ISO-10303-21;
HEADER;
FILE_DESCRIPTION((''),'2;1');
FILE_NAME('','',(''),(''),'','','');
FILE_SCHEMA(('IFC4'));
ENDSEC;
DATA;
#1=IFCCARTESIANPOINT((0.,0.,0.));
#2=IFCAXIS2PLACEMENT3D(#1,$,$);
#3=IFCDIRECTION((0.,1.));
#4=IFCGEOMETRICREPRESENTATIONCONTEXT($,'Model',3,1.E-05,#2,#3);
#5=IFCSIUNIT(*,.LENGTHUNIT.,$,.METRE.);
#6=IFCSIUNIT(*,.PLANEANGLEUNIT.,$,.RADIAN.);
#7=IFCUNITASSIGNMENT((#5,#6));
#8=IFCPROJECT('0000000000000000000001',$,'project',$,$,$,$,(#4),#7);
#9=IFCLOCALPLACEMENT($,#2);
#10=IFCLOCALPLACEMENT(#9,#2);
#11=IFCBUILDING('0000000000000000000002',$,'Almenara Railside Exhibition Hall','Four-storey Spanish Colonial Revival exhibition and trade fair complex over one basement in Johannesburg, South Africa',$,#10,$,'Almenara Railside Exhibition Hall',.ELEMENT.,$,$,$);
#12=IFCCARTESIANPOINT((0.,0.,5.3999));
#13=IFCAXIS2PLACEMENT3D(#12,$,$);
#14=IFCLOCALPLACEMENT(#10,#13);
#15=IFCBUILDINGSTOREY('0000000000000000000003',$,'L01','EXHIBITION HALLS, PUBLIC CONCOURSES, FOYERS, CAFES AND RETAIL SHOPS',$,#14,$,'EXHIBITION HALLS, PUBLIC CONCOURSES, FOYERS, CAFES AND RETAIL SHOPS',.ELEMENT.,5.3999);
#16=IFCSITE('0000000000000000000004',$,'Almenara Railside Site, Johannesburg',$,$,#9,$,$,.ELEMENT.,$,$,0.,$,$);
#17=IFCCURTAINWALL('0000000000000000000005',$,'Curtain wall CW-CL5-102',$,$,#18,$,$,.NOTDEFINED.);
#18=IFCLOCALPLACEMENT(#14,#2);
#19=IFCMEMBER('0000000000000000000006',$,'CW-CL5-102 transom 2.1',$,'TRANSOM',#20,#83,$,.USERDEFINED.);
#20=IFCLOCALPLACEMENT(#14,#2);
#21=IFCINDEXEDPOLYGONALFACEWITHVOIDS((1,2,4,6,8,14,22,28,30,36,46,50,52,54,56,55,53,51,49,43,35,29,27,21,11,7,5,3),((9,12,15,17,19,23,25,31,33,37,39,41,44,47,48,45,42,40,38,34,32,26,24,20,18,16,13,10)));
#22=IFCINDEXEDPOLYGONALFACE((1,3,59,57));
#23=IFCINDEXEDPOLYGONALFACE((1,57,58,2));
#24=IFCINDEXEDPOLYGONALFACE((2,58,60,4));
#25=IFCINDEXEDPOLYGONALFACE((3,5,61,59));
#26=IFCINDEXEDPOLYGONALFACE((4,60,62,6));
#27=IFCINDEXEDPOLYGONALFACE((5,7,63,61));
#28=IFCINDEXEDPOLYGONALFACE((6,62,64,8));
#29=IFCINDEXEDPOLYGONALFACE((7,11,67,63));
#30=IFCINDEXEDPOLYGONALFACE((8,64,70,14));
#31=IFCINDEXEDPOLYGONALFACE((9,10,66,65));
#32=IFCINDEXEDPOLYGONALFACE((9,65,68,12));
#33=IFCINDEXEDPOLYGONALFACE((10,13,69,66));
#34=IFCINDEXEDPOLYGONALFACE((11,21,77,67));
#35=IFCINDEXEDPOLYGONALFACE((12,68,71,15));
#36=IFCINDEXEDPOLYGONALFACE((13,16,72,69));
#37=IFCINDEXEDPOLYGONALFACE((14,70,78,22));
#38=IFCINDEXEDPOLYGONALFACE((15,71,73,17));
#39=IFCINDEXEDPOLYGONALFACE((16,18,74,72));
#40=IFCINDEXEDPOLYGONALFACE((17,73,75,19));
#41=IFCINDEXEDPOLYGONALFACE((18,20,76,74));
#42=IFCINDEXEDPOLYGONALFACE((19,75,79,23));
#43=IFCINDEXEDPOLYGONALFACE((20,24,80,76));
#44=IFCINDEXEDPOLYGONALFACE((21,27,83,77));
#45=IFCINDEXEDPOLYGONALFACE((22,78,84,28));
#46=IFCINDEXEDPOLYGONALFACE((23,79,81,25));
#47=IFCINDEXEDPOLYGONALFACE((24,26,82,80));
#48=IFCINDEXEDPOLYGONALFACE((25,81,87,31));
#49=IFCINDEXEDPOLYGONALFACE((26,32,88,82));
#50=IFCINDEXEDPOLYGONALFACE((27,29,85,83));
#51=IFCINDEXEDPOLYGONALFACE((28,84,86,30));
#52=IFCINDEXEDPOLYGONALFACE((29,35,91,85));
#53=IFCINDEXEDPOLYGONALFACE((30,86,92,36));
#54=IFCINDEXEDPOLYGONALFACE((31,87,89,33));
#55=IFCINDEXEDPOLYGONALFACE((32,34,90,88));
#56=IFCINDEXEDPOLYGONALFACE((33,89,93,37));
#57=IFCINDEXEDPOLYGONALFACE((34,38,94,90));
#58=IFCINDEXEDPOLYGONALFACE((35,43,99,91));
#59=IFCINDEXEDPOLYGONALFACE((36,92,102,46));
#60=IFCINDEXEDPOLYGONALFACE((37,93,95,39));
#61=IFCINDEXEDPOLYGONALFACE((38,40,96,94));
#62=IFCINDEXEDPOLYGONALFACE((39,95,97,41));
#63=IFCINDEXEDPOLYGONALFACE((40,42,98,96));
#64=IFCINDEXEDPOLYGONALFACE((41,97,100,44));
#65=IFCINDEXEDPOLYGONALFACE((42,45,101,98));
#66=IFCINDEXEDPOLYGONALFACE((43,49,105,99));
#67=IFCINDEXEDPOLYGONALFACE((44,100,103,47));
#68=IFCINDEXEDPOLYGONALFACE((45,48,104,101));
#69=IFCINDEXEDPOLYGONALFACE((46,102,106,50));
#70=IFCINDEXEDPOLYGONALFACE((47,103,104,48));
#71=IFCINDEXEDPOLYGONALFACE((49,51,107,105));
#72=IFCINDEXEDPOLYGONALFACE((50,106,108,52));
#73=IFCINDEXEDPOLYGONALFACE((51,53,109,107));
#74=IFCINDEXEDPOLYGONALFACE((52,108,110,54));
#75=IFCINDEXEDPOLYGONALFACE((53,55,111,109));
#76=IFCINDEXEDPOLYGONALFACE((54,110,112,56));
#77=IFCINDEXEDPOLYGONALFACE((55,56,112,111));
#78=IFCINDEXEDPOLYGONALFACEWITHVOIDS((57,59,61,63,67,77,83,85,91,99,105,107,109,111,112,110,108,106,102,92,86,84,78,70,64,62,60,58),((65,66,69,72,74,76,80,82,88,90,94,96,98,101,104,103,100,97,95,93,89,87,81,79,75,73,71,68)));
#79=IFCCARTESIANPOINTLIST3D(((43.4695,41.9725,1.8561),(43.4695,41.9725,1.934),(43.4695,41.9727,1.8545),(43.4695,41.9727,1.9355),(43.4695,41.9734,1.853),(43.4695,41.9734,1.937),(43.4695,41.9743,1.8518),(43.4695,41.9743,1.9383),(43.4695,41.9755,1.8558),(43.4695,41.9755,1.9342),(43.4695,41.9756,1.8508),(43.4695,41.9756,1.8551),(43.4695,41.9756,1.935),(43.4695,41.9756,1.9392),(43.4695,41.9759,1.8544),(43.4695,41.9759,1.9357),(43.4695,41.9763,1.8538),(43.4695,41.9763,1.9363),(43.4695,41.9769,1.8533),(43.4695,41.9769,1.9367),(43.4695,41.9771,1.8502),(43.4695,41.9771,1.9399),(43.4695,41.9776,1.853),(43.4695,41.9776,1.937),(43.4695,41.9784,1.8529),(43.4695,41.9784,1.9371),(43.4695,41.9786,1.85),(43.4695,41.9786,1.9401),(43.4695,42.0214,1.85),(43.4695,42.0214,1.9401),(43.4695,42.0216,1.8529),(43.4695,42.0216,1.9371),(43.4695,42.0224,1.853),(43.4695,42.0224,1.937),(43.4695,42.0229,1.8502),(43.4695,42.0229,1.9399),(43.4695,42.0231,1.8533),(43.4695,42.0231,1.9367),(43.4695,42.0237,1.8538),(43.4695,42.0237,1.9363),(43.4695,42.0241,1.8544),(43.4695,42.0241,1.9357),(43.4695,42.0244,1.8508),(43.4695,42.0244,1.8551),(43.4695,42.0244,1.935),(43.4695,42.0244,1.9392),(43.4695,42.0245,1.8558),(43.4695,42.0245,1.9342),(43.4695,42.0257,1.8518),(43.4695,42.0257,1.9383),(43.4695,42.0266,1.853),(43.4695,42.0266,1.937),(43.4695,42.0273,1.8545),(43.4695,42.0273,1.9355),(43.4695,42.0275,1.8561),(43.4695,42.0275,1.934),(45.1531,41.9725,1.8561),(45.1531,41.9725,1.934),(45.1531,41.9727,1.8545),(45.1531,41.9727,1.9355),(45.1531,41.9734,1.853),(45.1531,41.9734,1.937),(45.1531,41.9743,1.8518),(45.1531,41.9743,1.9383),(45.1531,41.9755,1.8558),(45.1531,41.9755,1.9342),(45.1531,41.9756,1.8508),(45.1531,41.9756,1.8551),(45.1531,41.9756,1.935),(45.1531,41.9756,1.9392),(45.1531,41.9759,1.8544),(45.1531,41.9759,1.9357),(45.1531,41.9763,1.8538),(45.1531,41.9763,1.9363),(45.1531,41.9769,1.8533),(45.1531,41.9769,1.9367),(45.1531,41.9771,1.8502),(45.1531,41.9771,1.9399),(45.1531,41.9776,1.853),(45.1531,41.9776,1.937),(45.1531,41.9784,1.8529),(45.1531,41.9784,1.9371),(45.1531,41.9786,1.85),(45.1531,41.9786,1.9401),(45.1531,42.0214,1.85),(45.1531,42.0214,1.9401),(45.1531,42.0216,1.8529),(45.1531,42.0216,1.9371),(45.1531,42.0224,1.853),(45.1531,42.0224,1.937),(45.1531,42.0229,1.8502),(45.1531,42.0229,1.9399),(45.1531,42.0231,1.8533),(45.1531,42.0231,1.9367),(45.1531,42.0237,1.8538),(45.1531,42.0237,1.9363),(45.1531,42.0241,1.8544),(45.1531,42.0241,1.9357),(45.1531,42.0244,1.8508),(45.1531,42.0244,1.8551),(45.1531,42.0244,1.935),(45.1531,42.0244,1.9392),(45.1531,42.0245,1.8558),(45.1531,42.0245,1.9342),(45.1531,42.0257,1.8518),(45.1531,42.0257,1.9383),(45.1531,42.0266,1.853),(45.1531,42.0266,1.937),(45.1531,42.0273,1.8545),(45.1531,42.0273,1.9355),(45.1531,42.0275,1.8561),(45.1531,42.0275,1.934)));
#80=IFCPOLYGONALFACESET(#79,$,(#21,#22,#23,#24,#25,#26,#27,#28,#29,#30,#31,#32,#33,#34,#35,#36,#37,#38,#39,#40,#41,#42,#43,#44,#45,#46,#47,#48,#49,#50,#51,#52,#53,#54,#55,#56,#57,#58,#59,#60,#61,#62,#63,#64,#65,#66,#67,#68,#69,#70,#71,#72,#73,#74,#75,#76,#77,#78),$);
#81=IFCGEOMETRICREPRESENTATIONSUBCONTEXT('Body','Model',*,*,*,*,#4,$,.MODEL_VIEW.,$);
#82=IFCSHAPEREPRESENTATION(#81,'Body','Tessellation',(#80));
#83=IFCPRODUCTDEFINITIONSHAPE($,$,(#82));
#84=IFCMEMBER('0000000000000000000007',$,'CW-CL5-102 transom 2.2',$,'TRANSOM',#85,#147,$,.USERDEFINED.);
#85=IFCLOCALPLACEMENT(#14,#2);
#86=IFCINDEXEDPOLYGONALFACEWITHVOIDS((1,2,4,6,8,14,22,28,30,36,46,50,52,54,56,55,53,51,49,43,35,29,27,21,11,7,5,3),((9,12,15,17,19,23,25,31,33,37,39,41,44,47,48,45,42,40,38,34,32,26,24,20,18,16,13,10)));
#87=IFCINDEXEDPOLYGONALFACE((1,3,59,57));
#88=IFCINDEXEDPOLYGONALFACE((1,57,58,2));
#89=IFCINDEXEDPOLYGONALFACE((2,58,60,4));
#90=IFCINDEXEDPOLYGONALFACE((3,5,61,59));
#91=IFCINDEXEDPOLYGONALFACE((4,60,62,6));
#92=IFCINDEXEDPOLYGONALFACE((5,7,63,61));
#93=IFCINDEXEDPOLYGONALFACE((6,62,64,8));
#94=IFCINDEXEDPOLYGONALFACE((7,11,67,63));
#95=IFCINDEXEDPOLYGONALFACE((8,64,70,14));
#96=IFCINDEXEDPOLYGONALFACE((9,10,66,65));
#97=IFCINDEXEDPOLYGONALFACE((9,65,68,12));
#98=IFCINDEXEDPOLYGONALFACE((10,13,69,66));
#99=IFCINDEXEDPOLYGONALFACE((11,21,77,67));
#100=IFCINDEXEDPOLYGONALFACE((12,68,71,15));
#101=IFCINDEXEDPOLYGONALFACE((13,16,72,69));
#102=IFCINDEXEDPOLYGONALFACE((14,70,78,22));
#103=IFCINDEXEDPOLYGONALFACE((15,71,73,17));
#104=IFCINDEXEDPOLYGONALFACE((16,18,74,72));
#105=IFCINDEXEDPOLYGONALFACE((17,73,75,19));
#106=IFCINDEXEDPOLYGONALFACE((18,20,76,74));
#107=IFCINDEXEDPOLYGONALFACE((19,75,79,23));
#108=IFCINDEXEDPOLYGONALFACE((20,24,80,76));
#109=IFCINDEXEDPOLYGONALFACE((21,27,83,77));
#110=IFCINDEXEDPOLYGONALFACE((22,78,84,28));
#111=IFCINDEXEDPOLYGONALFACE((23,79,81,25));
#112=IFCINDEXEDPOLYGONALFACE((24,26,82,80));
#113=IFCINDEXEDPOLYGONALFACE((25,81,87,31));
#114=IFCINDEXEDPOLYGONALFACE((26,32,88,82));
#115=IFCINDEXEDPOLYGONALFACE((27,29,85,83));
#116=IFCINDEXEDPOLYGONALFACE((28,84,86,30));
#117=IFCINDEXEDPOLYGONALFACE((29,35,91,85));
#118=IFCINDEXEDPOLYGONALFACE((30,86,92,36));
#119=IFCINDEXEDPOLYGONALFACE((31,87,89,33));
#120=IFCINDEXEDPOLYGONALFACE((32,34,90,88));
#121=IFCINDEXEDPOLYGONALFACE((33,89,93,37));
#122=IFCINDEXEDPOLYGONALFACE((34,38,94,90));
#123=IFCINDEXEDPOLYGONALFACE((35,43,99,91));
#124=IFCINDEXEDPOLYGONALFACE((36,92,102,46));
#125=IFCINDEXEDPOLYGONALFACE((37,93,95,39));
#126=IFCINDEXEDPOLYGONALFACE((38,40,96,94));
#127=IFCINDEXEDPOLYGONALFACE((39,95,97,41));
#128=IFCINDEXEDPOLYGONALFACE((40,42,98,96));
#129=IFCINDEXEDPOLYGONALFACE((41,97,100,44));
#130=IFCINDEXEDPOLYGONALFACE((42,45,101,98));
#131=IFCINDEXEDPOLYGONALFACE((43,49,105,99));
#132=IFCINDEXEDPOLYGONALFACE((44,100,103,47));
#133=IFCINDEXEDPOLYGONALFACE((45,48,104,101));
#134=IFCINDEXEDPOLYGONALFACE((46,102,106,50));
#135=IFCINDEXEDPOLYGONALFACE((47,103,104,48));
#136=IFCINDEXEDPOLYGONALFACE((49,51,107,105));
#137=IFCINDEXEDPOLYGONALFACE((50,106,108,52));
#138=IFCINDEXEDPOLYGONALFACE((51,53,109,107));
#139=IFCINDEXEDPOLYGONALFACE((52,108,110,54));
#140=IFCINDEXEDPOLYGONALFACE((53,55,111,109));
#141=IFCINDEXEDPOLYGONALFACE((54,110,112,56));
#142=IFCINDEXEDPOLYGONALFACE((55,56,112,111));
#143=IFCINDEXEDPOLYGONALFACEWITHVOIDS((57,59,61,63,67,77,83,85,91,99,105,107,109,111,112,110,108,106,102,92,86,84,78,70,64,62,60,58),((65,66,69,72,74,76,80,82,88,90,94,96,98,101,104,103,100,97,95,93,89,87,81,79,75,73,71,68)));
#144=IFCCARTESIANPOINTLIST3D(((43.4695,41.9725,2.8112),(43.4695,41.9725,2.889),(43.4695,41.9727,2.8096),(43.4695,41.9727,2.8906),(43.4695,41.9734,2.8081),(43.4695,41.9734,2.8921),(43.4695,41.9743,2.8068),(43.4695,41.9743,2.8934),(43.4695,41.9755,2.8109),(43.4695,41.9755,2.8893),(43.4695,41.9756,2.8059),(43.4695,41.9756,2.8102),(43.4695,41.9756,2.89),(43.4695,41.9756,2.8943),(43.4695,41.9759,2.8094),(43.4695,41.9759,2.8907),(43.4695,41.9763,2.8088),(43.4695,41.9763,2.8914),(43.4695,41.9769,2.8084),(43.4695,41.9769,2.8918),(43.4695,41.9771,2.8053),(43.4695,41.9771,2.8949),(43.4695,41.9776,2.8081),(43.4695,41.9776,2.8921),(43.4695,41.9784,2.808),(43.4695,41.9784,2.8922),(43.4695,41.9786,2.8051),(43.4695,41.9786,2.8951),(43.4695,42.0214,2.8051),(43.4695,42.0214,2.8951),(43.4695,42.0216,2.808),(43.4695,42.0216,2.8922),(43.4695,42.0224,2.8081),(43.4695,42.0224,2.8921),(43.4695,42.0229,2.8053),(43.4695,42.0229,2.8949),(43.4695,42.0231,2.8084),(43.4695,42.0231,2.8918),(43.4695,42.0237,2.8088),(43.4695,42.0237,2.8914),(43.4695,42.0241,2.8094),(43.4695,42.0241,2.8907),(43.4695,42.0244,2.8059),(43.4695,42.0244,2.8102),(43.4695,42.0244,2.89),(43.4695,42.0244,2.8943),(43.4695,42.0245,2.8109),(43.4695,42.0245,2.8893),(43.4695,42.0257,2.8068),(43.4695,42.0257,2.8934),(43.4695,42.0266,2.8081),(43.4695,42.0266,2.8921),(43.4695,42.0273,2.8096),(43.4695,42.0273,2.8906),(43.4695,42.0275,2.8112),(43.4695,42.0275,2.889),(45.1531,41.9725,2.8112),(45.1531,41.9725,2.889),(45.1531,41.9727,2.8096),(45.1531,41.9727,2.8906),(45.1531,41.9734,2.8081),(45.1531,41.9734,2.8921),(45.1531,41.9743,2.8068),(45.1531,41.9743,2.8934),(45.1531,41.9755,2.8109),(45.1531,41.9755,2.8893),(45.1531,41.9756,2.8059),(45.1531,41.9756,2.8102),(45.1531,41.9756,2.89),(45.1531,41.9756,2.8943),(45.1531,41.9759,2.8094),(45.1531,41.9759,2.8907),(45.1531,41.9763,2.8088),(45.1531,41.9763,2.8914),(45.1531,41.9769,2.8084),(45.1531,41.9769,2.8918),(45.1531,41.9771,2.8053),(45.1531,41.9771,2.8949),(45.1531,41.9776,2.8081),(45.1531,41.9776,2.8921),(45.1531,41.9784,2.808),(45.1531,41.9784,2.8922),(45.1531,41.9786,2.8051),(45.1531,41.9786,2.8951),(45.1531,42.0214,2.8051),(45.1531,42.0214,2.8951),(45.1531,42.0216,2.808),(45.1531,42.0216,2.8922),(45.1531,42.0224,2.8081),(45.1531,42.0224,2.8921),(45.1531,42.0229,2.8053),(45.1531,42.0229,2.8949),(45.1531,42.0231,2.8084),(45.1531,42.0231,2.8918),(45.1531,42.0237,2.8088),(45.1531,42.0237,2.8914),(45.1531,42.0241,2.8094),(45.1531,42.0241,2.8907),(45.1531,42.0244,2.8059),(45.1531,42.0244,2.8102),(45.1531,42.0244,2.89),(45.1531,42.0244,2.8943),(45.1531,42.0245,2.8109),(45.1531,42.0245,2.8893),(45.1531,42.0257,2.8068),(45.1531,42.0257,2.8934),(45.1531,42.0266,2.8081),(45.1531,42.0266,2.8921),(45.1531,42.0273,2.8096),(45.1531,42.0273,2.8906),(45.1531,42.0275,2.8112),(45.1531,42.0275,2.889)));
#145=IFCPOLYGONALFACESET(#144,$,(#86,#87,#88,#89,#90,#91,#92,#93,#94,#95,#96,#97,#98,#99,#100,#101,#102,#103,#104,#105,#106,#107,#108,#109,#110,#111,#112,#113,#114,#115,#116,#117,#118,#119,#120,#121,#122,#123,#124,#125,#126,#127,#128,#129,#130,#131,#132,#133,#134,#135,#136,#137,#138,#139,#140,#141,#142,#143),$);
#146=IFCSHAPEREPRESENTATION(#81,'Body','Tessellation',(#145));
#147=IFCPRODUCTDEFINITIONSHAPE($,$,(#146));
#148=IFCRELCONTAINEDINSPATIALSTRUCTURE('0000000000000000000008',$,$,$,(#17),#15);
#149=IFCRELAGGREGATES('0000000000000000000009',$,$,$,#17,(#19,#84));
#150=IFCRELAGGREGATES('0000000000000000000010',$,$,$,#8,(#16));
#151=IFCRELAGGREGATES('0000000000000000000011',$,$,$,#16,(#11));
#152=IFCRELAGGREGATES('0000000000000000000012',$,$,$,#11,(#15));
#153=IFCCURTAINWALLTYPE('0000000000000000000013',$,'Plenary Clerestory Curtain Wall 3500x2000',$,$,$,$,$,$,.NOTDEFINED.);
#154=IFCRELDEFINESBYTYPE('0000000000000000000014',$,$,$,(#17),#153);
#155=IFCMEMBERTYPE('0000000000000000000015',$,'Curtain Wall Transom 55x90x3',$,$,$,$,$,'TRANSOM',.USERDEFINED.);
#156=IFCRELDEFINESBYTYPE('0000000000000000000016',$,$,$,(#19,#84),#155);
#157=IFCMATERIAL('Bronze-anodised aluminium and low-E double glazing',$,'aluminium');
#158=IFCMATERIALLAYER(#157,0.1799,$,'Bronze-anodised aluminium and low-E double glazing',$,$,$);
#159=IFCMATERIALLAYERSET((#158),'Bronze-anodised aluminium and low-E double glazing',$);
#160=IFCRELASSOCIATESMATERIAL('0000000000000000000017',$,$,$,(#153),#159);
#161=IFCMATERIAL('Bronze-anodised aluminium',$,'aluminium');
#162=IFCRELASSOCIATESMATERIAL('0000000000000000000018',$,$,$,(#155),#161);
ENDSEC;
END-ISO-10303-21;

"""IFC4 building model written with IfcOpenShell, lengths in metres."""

from ifc_helpers import new_model, si_unit, direction, frame, origin, origin_2d, place, context, subcontext, project, spatial, hollow_rectangle, extrude, material, layer, layer_set, material_profile, profile_set, type_object, element, aggregate, save


model = new_model("IFC4")

# Units and contexts
model_context = context("Model", 3, precision=1e-05, world=origin(), true_north=direction((0.0, 1.0)))
body_context = subcontext(model_context, "Body", "Model", "MODEL_VIEW")
ifc_project = project(units=[si_unit("LENGTHUNIT", "METRE"), si_unit("PLANEANGLEUNIT", "RADIAN")], contexts=[model_context])

# Site, building, storey
site_placement = place(None, origin())
site = spatial("IfcSite", under=ifc_project, at=site_placement, Name="Almenara Railside Site, Johannesburg", CompositionType="ELEMENT", RefElevation=0.0)
building_placement = place(site_placement, origin())
building = spatial("IfcBuilding", under=site, at=building_placement, Name="Almenara Railside Exhibition Hall", Description="Four-storey Spanish Colonial Revival exhibition and trade fair complex over one basement in Johannesburg, South Africa", LongName="Almenara Railside Exhibition Hall", CompositionType="ELEMENT")
storey_placement = place(building_placement, frame((0.0, 0.0, 5.3999)))
storey = spatial("IfcBuildingStorey", under=building, at=storey_placement, Name="L01", Description="EXHIBITION HALLS, PUBLIC CONCOURSES, FOYERS, CAFES AND RETAIL SHOPS", LongName="EXHIBITION HALLS, PUBLIC CONCOURSES, FOYERS, CAFES AND RETAIL SHOPS", CompositionType="ELEMENT", Elevation=5.3999)

# Shared definitions
ifc_material_1 = material(Name="Bronze-anodised aluminium and low-E double glazing", Category="aluminium")
ifc_material_2 = material(Name="Bronze-anodised aluminium", Category="aluminium")

# Curtain wall
ifc_layer_1 = layer(ifc_material_1, 0.1799, Name="Bronze-anodised aluminium and low-E double glazing")
ifc_layer_set_1 = layer_set([ifc_layer_1], Name="Bronze-anodised aluminium and low-E double glazing")
curtain_wall_type_1 = type_object("IfcCurtainWallType", Name="Plenary Clerestory Curtain Wall 3500x2000", PredefinedType="NOTDEFINED", material=ifc_layer_set_1)
curtain_wall_1_placement = place(storey_placement, origin())
curtain_wall_1 = element("IfcCurtainWall", 1, at=curtain_wall_1_placement, inside=storey, type_object=curtain_wall_type_1, Name="Curtain wall CW-CL5-102", PredefinedType="NOTDEFINED")

# Members
ifc_material_profile_1 = material_profile(ifc_material_2, hollow_rectangle(XDim=0.0549, YDim=0.0901, WallThickness=0.0029, InnerFilletRadius=0.0029, OuterFilletRadius=0.0061, at=origin_2d()), Name="ALU-TRN 55x90x3")
ifc_profile_set_1 = profile_set([ifc_material_profile_1], Name="Bronze-anodised aluminium")
member_type_1 = type_object("IfcMemberType", Name="Curtain Wall Transom 55x90x3", ElementType="TRANSOM", PredefinedType="USERDEFINED", material=ifc_profile_set_1)
member_1_placement = place(storey_placement, frame((43.4695, 42.0, 1.895), z_axis=(1.0, 0.0, 0.0), x_axis=(0.0, 1.0, 0.0)))
member_1 = element("IfcMember", 2, at=member_1_placement, type_object=member_type_1, Name="CW-CL5-102 transom 2.1", ObjectType="TRANSOM", PredefinedType="USERDEFINED", context=body_context, shape_type="SweptSolid", body=[
    extrude(hollow_rectangle(XDim=0.0549, YDim=0.0901, WallThickness=0.0029, InnerFilletRadius=0.0029, OuterFilletRadius=0.0061, at=origin_2d()), origin(), (0.0, 0.0, 1.0), 1.6836),
])
member_2_placement = place(storey_placement, frame((43.4695, 42.0, 2.8501), z_axis=(1.0, 0.0, 0.0), x_axis=(0.0, 1.0, 0.0)))
member_2 = element("IfcMember", 3, at=member_2_placement, type_object=member_type_1, Name="CW-CL5-102 transom 2.2", ObjectType="TRANSOM", PredefinedType="USERDEFINED", context=body_context, shape_type="SweptSolid", body=[
    extrude(hollow_rectangle(XDim=0.0549, YDim=0.0901, WallThickness=0.0029, InnerFilletRadius=0.0029, OuterFilletRadius=0.0061, at=origin_2d()), origin(), (0.0, 0.0, 1.0), 1.6836),
])

aggregate(curtain_wall_1, [member_1, member_2])

save(model, "model.ifc")
